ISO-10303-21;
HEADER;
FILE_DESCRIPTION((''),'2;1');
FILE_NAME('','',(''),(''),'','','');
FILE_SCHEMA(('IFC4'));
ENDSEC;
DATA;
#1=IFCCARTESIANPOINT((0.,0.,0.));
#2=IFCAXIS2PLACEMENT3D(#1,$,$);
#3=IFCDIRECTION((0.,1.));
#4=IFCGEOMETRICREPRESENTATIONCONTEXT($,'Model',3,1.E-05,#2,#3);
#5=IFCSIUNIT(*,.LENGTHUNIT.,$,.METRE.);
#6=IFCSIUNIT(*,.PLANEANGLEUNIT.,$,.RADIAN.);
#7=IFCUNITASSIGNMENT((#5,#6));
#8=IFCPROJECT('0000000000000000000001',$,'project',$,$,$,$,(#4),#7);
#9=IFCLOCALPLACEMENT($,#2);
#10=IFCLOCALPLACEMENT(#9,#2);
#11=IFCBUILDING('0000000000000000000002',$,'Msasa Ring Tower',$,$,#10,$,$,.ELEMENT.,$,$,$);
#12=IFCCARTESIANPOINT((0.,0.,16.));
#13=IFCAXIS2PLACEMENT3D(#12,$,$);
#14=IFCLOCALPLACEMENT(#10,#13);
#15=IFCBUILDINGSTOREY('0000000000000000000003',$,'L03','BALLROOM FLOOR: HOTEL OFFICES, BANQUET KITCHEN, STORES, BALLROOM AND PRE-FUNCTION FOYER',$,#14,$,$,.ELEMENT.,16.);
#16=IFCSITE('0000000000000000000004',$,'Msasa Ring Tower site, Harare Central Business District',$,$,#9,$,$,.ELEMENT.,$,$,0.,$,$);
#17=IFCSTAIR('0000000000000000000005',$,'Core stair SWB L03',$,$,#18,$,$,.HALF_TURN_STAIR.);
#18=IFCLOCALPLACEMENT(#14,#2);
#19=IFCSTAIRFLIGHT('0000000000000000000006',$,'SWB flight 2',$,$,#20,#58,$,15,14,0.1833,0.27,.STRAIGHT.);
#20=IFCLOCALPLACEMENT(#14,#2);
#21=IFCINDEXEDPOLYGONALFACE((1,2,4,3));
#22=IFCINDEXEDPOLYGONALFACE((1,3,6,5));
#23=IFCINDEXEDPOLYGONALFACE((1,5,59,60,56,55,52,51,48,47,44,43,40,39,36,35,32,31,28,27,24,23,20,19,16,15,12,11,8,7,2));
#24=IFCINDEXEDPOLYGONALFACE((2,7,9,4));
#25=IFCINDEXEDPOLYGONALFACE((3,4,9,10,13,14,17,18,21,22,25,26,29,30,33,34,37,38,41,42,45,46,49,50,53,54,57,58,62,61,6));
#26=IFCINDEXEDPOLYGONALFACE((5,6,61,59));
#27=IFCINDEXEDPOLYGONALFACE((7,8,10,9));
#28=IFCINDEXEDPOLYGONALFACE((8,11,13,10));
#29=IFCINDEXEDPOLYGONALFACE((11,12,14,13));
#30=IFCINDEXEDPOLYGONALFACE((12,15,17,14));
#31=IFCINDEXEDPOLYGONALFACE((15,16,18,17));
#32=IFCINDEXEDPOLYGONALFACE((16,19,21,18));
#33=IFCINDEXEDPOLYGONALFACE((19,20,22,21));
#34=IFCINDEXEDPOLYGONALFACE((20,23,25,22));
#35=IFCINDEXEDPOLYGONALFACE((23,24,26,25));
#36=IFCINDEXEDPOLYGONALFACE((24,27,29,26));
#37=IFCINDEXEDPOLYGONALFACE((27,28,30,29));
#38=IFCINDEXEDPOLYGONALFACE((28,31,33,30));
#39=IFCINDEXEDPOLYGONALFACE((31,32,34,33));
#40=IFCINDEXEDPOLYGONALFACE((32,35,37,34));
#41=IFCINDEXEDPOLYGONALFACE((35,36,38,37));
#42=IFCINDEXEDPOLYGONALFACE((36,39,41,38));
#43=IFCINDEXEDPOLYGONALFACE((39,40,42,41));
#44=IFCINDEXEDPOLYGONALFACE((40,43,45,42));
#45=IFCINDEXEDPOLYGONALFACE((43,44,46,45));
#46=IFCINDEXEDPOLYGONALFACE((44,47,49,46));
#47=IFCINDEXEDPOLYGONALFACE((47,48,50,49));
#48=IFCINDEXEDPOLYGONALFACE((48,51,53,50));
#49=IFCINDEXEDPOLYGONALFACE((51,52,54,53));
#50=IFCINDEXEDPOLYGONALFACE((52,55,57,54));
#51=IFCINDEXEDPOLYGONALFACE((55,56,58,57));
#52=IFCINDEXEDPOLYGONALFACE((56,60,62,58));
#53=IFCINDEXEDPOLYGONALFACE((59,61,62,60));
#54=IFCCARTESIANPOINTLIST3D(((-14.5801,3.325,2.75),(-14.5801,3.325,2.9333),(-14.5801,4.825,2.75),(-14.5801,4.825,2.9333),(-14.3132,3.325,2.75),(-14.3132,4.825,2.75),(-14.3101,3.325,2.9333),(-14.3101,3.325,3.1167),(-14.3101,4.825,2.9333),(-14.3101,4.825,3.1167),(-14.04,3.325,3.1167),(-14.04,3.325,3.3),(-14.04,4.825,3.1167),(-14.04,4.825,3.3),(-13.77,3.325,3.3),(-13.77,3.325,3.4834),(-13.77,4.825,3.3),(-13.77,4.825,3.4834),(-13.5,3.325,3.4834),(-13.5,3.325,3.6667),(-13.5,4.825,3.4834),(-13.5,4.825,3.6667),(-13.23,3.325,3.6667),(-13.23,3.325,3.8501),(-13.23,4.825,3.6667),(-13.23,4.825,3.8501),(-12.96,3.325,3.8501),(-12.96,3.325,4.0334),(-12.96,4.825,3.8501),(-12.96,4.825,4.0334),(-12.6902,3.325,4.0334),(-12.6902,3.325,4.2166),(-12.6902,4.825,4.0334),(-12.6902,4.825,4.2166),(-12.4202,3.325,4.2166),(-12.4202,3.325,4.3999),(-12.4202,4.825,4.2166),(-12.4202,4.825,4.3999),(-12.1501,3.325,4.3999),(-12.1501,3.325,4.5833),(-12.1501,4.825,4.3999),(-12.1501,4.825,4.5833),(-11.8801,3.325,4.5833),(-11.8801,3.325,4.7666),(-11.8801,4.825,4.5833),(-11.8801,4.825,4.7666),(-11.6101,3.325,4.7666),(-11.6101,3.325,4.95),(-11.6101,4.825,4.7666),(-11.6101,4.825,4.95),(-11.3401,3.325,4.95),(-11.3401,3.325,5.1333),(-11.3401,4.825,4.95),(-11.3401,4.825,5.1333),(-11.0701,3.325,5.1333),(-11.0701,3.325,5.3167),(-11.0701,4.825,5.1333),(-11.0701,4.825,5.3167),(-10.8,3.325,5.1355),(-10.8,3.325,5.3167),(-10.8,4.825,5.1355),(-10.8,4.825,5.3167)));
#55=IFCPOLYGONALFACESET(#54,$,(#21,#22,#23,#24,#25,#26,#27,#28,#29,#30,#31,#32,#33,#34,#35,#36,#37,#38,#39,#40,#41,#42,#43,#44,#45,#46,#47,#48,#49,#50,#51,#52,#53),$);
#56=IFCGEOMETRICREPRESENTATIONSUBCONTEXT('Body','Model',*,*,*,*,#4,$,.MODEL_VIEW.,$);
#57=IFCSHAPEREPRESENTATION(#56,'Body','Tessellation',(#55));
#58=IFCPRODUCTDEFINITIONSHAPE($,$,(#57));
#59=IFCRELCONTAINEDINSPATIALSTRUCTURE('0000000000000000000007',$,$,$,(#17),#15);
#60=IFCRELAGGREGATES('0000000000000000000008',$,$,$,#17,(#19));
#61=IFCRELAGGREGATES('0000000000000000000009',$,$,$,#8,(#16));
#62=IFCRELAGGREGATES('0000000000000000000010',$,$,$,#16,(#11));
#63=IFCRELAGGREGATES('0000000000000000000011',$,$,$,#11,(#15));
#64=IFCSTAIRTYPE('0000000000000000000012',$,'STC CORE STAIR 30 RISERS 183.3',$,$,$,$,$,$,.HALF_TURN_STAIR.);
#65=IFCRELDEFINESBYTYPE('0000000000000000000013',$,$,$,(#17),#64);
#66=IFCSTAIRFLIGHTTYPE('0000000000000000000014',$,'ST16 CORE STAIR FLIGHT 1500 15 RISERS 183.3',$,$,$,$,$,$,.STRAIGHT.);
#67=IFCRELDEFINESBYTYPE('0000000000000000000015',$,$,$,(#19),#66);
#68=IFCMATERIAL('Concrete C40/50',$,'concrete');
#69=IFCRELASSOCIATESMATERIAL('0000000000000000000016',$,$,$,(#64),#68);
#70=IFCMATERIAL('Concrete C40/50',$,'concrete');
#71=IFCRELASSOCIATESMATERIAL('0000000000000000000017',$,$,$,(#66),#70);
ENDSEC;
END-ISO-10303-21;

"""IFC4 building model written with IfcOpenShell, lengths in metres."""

from ifc_helpers import new_model, si_unit, direction, frame, origin, place, context, subcontext, project, spatial, polyline, outline, extrude, material, type_object, element, aggregate, save


model = new_model("IFC4")

# Units and contexts
model_context = context("Model", 3, precision=1e-05, world=origin(), true_north=direction((0.0, 1.0)))
body_context = subcontext(model_context, "Body", "Model", "MODEL_VIEW")
ifc_project = project(units=[si_unit("LENGTHUNIT", "METRE"), si_unit("PLANEANGLEUNIT", "RADIAN")], contexts=[model_context])

# Site, building, storey
site_placement = place(None, origin())
site = spatial("IfcSite", under=ifc_project, at=site_placement, Name="Msasa Ring Tower site, Harare Central Business District", CompositionType="ELEMENT", RefElevation=0.0)
building_placement = place(site_placement, origin())
building = spatial("IfcBuilding", under=site, at=building_placement, Name="Msasa Ring Tower", CompositionType="ELEMENT")
storey_placement = place(building_placement, frame((0.0, 0.0, 16.0)))
storey = spatial("IfcBuildingStorey", under=building, at=storey_placement, Name="L03", Description="BALLROOM FLOOR: HOTEL OFFICES, BANQUET KITCHEN, STORES, BALLROOM AND PRE-FUNCTION FOYER", CompositionType="ELEMENT", Elevation=16.0)

# Stair, stair flight
ifc_material_1 = material(Name="Concrete C40/50", Category="concrete")
stair_type = type_object("IfcStairType", Name="STC CORE STAIR 30 RISERS 183.3", PredefinedType="HALF_TURN_STAIR", material=ifc_material_1)
stair_placement = place(storey_placement, origin())
stair = element("IfcStair", 1, at=stair_placement, inside=storey, type_object=stair_type, Name="Core stair SWB L03", PredefinedType="HALF_TURN_STAIR")
ifc_material_2 = material(Name="Concrete C40/50", Category="concrete")
stair_flight_type = type_object("IfcStairFlightType", Name="ST16 CORE STAIR FLIGHT 1500 15 RISERS 183.3", PredefinedType="STRAIGHT", material=ifc_material_2)
stair_flight_1_placement = place(storey_placement, frame((-14.5801, 4.075, 2.75), z_axis=(0.0, 0.0, 1.0), x_axis=(1.0, 0.0, 0.0)))
stair_flight_1 = element("IfcStairFlight", 2, at=stair_flight_1_placement, type_object=stair_flight_type, Name="SWB flight 2", NumberOfRisers=15, NumberOfTreads=14, PredefinedType="STRAIGHT", RiserHeight=0.1833, TreadLength=0.27, context=body_context, shape_type="SweptSolid", body=[
    extrude(outline(polyline([(0.0, 0.0), (0.0, 0.1833), (0.27, 0.1833), (0.27, 0.3667), (0.54, 0.3667), (0.54, 0.55), (0.8101, 0.55), (0.8101, 0.7334), (1.0801, 0.7334), (1.0801, 0.9167), (1.3501, 0.9167), (1.3501, 1.1001), (1.6201, 1.1001), (1.6201, 1.2834), (1.8899, 1.2834), (1.8899, 1.4666), (2.1599, 1.4666), (2.1599, 1.6499), (2.4299, 1.6499), (2.4299, 1.8333), (2.7, 1.8333), (2.7, 2.0166), (2.97, 2.0166), (2.97, 2.2), (3.24, 2.2), (3.24, 2.3833), (3.51, 2.3833), (3.51, 2.5667), (3.78, 2.5667), (3.78, 2.75), (3.78, 2.3855), (0.2668, 0.0), (0.0, 0.0)])), frame((0.0, 0.75, 0.0), z_axis=(0.0, -1.0, 0.0), x_axis=(1.0, 0.0, 0.0)), (0.0, 0.0, 1.0), 1.5),
])
aggregate(stair, [stair_flight_1])

save(model, "model.ifc")
